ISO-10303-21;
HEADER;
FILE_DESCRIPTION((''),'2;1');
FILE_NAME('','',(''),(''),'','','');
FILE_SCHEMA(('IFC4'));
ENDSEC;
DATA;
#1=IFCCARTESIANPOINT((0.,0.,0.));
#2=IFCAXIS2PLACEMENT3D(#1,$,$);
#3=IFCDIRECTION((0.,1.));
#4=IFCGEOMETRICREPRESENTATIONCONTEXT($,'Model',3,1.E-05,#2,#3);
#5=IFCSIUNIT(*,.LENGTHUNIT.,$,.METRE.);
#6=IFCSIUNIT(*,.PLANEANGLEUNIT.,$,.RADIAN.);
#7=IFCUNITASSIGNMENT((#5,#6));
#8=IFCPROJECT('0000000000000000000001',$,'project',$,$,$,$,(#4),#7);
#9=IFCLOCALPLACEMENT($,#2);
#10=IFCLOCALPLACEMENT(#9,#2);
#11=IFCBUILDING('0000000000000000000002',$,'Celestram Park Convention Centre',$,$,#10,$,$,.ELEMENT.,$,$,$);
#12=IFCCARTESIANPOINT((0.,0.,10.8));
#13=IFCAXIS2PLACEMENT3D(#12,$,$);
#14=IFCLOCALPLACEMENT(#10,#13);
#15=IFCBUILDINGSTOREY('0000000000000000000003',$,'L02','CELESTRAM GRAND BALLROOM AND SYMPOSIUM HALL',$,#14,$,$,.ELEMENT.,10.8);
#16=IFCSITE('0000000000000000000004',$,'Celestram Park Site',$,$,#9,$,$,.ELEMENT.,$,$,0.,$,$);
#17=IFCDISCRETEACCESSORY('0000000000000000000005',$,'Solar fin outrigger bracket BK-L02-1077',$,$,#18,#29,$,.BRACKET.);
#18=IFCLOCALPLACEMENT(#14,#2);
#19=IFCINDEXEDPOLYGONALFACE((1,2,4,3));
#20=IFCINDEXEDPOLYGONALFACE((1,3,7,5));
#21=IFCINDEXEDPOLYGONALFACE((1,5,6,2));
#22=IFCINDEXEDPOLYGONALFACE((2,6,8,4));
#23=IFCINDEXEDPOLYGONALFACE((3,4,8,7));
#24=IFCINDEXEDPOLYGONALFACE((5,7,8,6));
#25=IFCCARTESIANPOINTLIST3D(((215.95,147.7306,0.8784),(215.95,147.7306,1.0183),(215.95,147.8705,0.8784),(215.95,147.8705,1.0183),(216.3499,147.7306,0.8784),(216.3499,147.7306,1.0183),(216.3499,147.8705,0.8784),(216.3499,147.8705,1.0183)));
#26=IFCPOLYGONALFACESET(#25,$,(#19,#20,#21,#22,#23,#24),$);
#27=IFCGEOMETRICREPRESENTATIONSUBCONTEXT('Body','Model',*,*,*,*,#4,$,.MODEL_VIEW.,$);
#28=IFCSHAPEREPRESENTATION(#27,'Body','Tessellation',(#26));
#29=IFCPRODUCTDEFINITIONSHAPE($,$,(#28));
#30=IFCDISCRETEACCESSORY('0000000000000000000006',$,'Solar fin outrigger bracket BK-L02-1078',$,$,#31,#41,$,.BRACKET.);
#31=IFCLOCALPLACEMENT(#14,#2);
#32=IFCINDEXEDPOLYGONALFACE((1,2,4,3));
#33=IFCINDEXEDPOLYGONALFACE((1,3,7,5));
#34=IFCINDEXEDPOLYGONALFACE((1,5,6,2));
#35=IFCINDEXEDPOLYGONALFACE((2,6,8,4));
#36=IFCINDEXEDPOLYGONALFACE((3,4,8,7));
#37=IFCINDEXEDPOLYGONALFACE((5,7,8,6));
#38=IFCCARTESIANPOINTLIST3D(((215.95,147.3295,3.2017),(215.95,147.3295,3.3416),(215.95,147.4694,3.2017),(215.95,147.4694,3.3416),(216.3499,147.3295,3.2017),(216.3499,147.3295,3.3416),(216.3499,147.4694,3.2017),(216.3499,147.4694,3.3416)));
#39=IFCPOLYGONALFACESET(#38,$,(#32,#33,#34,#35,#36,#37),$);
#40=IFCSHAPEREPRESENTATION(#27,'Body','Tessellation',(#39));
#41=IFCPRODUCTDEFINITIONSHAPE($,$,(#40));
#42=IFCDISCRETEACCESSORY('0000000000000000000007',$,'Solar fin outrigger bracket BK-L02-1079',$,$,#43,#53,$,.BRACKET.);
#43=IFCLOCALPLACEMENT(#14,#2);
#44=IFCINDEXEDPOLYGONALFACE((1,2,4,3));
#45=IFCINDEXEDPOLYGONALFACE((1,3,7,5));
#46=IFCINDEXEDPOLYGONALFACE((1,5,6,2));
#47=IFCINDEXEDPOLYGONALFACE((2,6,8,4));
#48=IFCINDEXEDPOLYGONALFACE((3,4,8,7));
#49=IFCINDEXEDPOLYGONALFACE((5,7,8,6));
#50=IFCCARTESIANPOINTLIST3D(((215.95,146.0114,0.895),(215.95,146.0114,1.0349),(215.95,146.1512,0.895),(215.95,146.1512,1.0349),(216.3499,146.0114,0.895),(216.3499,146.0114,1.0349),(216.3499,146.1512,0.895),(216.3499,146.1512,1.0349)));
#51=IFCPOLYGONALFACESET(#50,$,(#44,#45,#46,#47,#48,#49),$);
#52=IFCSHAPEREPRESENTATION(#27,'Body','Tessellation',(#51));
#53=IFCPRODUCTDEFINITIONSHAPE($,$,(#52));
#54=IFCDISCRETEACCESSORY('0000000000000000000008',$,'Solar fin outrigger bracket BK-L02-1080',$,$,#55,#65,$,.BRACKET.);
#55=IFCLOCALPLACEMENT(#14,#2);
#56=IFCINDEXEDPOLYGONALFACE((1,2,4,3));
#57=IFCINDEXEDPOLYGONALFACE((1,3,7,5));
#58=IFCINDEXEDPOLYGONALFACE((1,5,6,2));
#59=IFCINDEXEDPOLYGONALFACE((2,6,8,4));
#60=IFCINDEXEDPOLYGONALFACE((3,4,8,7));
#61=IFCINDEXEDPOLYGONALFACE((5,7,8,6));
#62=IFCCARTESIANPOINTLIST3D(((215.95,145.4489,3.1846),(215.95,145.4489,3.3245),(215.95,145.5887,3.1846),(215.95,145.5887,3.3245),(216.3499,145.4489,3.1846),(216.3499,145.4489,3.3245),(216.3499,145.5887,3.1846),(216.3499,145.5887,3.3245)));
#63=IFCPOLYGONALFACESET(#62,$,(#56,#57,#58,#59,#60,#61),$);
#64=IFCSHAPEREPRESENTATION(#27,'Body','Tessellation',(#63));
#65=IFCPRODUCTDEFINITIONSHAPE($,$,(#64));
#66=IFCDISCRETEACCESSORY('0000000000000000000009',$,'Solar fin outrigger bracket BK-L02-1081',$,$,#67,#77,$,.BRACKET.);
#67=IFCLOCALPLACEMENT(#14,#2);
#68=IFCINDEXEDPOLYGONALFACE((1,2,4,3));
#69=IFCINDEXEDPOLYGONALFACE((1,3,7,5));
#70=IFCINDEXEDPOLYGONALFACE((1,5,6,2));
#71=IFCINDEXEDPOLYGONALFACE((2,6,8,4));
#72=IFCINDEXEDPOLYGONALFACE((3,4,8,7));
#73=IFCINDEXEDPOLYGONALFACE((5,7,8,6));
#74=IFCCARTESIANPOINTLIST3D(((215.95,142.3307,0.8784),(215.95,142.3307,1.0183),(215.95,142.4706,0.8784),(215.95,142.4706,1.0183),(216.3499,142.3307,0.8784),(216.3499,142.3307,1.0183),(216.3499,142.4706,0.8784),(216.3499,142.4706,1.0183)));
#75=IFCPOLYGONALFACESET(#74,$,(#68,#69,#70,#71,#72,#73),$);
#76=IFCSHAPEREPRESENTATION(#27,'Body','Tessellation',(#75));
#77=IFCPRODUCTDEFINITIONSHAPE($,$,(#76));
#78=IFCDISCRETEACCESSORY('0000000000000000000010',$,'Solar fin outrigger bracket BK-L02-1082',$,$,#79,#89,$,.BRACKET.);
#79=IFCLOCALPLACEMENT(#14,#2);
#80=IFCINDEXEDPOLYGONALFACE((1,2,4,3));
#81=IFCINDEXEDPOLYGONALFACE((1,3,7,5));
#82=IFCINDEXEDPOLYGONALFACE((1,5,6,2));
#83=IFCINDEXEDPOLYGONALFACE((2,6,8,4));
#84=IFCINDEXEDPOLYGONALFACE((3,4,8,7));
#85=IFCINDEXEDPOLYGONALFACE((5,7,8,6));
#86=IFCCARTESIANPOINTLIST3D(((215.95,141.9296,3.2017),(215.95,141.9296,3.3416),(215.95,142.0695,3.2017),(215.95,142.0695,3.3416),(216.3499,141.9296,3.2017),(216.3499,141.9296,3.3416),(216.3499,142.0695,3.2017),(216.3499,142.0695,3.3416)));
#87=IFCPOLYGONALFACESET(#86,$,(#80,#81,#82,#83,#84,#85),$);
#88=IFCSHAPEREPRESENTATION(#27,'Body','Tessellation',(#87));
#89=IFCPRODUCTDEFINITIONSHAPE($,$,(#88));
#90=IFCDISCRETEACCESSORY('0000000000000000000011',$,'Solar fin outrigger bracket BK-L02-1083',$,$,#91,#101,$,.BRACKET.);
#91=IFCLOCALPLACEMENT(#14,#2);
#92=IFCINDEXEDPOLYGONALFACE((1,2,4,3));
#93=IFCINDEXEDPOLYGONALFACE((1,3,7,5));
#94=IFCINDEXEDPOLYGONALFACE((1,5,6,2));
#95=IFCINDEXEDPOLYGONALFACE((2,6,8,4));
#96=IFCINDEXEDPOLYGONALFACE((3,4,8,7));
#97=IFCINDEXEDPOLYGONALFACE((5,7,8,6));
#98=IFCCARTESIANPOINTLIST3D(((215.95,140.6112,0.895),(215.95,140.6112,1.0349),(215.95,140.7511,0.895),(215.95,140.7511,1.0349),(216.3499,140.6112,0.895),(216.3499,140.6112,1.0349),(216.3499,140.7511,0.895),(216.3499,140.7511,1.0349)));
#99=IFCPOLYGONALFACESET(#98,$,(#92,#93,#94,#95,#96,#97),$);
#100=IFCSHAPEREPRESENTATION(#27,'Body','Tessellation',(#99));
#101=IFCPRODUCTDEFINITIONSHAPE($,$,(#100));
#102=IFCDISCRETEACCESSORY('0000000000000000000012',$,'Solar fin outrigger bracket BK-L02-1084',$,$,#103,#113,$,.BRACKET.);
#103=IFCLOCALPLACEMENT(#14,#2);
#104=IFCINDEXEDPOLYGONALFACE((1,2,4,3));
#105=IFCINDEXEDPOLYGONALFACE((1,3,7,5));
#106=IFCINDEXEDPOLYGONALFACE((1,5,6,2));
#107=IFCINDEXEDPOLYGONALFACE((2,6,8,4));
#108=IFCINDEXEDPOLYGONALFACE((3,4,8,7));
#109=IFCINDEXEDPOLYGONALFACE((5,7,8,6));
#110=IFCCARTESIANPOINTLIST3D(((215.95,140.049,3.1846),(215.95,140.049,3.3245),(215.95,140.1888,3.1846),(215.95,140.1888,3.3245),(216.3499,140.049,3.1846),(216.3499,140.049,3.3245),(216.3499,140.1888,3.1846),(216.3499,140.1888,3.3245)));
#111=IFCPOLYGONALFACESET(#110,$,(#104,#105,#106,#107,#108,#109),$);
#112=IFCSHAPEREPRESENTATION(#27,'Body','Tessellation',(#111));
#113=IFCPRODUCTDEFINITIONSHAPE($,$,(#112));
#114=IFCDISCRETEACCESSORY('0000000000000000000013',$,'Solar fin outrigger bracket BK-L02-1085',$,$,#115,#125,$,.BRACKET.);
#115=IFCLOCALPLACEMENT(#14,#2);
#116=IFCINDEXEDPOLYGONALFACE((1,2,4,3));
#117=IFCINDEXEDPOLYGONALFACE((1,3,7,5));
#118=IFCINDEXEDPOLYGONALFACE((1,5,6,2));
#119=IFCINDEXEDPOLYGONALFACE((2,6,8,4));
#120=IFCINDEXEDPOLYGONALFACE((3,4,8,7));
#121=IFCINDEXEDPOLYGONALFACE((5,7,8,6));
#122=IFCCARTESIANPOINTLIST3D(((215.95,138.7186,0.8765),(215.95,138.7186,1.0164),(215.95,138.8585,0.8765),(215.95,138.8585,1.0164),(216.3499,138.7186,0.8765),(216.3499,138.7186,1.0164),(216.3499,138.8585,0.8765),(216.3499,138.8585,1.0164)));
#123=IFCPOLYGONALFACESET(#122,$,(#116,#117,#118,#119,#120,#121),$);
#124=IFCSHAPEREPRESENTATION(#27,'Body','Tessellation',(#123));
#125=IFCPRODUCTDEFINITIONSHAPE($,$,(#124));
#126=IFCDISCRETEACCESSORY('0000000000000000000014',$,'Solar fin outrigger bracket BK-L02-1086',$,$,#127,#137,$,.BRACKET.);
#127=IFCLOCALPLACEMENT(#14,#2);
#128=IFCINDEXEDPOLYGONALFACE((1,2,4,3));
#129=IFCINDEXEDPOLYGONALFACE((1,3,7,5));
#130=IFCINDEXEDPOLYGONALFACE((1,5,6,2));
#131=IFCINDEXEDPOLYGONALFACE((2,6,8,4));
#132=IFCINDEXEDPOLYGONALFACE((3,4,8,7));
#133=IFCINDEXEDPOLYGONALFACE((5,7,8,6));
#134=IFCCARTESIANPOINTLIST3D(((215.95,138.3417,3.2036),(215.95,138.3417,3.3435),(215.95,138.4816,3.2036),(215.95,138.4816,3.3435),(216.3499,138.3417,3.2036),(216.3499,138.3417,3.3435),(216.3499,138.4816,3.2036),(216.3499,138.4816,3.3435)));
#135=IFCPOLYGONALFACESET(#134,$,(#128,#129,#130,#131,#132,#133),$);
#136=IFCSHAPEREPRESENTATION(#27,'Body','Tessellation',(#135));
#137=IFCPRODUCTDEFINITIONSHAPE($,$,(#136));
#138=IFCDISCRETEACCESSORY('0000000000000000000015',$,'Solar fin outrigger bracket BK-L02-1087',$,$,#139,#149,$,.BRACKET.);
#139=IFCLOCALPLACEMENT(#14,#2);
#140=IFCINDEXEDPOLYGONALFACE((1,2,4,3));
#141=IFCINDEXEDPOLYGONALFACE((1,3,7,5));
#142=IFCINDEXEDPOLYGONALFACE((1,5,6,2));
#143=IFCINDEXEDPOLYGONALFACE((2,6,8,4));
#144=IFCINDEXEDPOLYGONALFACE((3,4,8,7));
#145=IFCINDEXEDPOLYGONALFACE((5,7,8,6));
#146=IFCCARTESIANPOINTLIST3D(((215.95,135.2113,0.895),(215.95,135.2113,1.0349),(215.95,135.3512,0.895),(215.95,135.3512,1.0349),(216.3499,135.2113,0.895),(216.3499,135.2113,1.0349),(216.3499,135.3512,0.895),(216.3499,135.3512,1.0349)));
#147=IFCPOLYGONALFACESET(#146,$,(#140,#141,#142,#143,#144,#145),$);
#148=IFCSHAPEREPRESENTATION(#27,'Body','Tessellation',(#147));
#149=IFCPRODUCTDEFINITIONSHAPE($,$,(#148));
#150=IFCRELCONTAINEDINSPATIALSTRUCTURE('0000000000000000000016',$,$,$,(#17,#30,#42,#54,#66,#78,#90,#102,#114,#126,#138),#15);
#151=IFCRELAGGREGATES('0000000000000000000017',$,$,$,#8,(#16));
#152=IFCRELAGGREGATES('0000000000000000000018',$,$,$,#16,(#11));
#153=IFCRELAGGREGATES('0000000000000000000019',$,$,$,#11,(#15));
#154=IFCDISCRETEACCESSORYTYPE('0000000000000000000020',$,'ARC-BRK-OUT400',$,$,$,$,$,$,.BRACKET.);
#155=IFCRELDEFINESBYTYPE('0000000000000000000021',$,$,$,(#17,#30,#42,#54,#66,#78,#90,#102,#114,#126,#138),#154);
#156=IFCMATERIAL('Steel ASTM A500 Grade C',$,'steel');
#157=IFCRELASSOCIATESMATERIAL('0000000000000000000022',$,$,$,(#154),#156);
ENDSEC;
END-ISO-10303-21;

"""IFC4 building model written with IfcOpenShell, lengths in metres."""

from ifc_helpers import new_model, si_unit, direction, frame, origin, origin_2d, place, context, subcontext, project, spatial, rectangle, extrude, material, type_object, element, save


model = new_model("IFC4")

# Units and contexts
model_context = context("Model", 3, precision=1e-05, world=origin(), true_north=direction((0.0, 1.0)))
body_context = subcontext(model_context, "Body", "Model", "MODEL_VIEW")
ifc_project = project(units=[si_unit("LENGTHUNIT", "METRE"), si_unit("PLANEANGLEUNIT", "RADIAN")], contexts=[model_context])

# Site, building, storey
site_placement = place(None, origin())
site = spatial("IfcSite", under=ifc_project, at=site_placement, Name="Celestram Park Site", CompositionType="ELEMENT", RefElevation=0.0)
building_placement = place(site_placement, origin())
building = spatial("IfcBuilding", under=site, at=building_placement, Name="Celestram Park Convention Centre", CompositionType="ELEMENT")
storey_placement = place(building_placement, frame((0.0, 0.0, 10.8)))
storey = spatial("IfcBuildingStorey", under=building, at=storey_placement, Name="L02", Description="CELESTRAM GRAND BALLROOM AND SYMPOSIUM HALL", CompositionType="ELEMENT", Elevation=10.8)

# Discrete accessories
ifc_material_1 = material(Name="Steel ASTM A500 Grade C", Category="steel")
discrete_accessory_type = type_object("IfcDiscreteAccessoryType", Name="ARC-BRK-OUT400", PredefinedType="BRACKET", material=ifc_material_1)
for number, where, z_axis, x_axis, name in (
    (1, (216.1499, 147.8005, 0.8784), (0.0, 0.0, 1.0), (1.0, 0.0, 0.0), "Solar fin outrigger bracket BK-L02-1077"),
    (2, (216.1499, 147.3994, 3.2017), (0.0, 0.0, 1.0), (1.0, 0.0, 0.0), "Solar fin outrigger bracket BK-L02-1078"),
    (3, (216.1499, 146.0813, 0.895), (0.0, 0.0, 1.0), (1.0, 0.0, 0.0), "Solar fin outrigger bracket BK-L02-1079"),
    (4, (216.1499, 145.5188, 3.1846), (0.0, 0.0, 1.0), (1.0, 0.0, 0.0), "Solar fin outrigger bracket BK-L02-1080"),
    (5, (216.1499, 142.4006, 0.8784), (0.0, 0.0, 1.0), (1.0, 0.0, 0.0), "Solar fin outrigger bracket BK-L02-1081"),
    (6, (216.1499, 141.9995, 3.2017), (0.0, 0.0, 1.0), (1.0, 0.0, 0.0), "Solar fin outrigger bracket BK-L02-1082"),
    (7, (216.1499, 140.6812, 0.895), (0.0, 0.0, 1.0), (1.0, 0.0, 0.0), "Solar fin outrigger bracket BK-L02-1083"),
    (8, (216.1499, 140.1189, 3.1846), (0.0, 0.0, 1.0), (1.0, 0.0, 0.0), "Solar fin outrigger bracket BK-L02-1084"),
    (9, (216.1499, 138.7886, 0.8765), (0.0, 0.0, 1.0), (1.0, 0.0, 0.0), "Solar fin outrigger bracket BK-L02-1085"),
    (10, (216.1499, 138.4116, 3.2036), (0.0, 0.0, 1.0), (1.0, 0.0, 0.0), "Solar fin outrigger bracket BK-L02-1086"),
    (11, (216.1499, 135.2812, 0.895), (0.0, 0.0, 1.0), (1.0, 0.0, 0.0), "Solar fin outrigger bracket BK-L02-1087"),
):
    element("IfcDiscreteAccessory", number, at=place(storey_placement, frame(where, z_axis=z_axis, x_axis=x_axis)), inside=storey, type_object=discrete_accessory_type, Name=name, PredefinedType="BRACKET", context=body_context, shape_type="SweptSolid", body=[
        extrude(rectangle(XDim=0.3999, YDim=0.1399, at=origin_2d()), origin(), (0.0, 0.0, 1.0), 0.1399),
    ])

save(model, "model.ifc")
